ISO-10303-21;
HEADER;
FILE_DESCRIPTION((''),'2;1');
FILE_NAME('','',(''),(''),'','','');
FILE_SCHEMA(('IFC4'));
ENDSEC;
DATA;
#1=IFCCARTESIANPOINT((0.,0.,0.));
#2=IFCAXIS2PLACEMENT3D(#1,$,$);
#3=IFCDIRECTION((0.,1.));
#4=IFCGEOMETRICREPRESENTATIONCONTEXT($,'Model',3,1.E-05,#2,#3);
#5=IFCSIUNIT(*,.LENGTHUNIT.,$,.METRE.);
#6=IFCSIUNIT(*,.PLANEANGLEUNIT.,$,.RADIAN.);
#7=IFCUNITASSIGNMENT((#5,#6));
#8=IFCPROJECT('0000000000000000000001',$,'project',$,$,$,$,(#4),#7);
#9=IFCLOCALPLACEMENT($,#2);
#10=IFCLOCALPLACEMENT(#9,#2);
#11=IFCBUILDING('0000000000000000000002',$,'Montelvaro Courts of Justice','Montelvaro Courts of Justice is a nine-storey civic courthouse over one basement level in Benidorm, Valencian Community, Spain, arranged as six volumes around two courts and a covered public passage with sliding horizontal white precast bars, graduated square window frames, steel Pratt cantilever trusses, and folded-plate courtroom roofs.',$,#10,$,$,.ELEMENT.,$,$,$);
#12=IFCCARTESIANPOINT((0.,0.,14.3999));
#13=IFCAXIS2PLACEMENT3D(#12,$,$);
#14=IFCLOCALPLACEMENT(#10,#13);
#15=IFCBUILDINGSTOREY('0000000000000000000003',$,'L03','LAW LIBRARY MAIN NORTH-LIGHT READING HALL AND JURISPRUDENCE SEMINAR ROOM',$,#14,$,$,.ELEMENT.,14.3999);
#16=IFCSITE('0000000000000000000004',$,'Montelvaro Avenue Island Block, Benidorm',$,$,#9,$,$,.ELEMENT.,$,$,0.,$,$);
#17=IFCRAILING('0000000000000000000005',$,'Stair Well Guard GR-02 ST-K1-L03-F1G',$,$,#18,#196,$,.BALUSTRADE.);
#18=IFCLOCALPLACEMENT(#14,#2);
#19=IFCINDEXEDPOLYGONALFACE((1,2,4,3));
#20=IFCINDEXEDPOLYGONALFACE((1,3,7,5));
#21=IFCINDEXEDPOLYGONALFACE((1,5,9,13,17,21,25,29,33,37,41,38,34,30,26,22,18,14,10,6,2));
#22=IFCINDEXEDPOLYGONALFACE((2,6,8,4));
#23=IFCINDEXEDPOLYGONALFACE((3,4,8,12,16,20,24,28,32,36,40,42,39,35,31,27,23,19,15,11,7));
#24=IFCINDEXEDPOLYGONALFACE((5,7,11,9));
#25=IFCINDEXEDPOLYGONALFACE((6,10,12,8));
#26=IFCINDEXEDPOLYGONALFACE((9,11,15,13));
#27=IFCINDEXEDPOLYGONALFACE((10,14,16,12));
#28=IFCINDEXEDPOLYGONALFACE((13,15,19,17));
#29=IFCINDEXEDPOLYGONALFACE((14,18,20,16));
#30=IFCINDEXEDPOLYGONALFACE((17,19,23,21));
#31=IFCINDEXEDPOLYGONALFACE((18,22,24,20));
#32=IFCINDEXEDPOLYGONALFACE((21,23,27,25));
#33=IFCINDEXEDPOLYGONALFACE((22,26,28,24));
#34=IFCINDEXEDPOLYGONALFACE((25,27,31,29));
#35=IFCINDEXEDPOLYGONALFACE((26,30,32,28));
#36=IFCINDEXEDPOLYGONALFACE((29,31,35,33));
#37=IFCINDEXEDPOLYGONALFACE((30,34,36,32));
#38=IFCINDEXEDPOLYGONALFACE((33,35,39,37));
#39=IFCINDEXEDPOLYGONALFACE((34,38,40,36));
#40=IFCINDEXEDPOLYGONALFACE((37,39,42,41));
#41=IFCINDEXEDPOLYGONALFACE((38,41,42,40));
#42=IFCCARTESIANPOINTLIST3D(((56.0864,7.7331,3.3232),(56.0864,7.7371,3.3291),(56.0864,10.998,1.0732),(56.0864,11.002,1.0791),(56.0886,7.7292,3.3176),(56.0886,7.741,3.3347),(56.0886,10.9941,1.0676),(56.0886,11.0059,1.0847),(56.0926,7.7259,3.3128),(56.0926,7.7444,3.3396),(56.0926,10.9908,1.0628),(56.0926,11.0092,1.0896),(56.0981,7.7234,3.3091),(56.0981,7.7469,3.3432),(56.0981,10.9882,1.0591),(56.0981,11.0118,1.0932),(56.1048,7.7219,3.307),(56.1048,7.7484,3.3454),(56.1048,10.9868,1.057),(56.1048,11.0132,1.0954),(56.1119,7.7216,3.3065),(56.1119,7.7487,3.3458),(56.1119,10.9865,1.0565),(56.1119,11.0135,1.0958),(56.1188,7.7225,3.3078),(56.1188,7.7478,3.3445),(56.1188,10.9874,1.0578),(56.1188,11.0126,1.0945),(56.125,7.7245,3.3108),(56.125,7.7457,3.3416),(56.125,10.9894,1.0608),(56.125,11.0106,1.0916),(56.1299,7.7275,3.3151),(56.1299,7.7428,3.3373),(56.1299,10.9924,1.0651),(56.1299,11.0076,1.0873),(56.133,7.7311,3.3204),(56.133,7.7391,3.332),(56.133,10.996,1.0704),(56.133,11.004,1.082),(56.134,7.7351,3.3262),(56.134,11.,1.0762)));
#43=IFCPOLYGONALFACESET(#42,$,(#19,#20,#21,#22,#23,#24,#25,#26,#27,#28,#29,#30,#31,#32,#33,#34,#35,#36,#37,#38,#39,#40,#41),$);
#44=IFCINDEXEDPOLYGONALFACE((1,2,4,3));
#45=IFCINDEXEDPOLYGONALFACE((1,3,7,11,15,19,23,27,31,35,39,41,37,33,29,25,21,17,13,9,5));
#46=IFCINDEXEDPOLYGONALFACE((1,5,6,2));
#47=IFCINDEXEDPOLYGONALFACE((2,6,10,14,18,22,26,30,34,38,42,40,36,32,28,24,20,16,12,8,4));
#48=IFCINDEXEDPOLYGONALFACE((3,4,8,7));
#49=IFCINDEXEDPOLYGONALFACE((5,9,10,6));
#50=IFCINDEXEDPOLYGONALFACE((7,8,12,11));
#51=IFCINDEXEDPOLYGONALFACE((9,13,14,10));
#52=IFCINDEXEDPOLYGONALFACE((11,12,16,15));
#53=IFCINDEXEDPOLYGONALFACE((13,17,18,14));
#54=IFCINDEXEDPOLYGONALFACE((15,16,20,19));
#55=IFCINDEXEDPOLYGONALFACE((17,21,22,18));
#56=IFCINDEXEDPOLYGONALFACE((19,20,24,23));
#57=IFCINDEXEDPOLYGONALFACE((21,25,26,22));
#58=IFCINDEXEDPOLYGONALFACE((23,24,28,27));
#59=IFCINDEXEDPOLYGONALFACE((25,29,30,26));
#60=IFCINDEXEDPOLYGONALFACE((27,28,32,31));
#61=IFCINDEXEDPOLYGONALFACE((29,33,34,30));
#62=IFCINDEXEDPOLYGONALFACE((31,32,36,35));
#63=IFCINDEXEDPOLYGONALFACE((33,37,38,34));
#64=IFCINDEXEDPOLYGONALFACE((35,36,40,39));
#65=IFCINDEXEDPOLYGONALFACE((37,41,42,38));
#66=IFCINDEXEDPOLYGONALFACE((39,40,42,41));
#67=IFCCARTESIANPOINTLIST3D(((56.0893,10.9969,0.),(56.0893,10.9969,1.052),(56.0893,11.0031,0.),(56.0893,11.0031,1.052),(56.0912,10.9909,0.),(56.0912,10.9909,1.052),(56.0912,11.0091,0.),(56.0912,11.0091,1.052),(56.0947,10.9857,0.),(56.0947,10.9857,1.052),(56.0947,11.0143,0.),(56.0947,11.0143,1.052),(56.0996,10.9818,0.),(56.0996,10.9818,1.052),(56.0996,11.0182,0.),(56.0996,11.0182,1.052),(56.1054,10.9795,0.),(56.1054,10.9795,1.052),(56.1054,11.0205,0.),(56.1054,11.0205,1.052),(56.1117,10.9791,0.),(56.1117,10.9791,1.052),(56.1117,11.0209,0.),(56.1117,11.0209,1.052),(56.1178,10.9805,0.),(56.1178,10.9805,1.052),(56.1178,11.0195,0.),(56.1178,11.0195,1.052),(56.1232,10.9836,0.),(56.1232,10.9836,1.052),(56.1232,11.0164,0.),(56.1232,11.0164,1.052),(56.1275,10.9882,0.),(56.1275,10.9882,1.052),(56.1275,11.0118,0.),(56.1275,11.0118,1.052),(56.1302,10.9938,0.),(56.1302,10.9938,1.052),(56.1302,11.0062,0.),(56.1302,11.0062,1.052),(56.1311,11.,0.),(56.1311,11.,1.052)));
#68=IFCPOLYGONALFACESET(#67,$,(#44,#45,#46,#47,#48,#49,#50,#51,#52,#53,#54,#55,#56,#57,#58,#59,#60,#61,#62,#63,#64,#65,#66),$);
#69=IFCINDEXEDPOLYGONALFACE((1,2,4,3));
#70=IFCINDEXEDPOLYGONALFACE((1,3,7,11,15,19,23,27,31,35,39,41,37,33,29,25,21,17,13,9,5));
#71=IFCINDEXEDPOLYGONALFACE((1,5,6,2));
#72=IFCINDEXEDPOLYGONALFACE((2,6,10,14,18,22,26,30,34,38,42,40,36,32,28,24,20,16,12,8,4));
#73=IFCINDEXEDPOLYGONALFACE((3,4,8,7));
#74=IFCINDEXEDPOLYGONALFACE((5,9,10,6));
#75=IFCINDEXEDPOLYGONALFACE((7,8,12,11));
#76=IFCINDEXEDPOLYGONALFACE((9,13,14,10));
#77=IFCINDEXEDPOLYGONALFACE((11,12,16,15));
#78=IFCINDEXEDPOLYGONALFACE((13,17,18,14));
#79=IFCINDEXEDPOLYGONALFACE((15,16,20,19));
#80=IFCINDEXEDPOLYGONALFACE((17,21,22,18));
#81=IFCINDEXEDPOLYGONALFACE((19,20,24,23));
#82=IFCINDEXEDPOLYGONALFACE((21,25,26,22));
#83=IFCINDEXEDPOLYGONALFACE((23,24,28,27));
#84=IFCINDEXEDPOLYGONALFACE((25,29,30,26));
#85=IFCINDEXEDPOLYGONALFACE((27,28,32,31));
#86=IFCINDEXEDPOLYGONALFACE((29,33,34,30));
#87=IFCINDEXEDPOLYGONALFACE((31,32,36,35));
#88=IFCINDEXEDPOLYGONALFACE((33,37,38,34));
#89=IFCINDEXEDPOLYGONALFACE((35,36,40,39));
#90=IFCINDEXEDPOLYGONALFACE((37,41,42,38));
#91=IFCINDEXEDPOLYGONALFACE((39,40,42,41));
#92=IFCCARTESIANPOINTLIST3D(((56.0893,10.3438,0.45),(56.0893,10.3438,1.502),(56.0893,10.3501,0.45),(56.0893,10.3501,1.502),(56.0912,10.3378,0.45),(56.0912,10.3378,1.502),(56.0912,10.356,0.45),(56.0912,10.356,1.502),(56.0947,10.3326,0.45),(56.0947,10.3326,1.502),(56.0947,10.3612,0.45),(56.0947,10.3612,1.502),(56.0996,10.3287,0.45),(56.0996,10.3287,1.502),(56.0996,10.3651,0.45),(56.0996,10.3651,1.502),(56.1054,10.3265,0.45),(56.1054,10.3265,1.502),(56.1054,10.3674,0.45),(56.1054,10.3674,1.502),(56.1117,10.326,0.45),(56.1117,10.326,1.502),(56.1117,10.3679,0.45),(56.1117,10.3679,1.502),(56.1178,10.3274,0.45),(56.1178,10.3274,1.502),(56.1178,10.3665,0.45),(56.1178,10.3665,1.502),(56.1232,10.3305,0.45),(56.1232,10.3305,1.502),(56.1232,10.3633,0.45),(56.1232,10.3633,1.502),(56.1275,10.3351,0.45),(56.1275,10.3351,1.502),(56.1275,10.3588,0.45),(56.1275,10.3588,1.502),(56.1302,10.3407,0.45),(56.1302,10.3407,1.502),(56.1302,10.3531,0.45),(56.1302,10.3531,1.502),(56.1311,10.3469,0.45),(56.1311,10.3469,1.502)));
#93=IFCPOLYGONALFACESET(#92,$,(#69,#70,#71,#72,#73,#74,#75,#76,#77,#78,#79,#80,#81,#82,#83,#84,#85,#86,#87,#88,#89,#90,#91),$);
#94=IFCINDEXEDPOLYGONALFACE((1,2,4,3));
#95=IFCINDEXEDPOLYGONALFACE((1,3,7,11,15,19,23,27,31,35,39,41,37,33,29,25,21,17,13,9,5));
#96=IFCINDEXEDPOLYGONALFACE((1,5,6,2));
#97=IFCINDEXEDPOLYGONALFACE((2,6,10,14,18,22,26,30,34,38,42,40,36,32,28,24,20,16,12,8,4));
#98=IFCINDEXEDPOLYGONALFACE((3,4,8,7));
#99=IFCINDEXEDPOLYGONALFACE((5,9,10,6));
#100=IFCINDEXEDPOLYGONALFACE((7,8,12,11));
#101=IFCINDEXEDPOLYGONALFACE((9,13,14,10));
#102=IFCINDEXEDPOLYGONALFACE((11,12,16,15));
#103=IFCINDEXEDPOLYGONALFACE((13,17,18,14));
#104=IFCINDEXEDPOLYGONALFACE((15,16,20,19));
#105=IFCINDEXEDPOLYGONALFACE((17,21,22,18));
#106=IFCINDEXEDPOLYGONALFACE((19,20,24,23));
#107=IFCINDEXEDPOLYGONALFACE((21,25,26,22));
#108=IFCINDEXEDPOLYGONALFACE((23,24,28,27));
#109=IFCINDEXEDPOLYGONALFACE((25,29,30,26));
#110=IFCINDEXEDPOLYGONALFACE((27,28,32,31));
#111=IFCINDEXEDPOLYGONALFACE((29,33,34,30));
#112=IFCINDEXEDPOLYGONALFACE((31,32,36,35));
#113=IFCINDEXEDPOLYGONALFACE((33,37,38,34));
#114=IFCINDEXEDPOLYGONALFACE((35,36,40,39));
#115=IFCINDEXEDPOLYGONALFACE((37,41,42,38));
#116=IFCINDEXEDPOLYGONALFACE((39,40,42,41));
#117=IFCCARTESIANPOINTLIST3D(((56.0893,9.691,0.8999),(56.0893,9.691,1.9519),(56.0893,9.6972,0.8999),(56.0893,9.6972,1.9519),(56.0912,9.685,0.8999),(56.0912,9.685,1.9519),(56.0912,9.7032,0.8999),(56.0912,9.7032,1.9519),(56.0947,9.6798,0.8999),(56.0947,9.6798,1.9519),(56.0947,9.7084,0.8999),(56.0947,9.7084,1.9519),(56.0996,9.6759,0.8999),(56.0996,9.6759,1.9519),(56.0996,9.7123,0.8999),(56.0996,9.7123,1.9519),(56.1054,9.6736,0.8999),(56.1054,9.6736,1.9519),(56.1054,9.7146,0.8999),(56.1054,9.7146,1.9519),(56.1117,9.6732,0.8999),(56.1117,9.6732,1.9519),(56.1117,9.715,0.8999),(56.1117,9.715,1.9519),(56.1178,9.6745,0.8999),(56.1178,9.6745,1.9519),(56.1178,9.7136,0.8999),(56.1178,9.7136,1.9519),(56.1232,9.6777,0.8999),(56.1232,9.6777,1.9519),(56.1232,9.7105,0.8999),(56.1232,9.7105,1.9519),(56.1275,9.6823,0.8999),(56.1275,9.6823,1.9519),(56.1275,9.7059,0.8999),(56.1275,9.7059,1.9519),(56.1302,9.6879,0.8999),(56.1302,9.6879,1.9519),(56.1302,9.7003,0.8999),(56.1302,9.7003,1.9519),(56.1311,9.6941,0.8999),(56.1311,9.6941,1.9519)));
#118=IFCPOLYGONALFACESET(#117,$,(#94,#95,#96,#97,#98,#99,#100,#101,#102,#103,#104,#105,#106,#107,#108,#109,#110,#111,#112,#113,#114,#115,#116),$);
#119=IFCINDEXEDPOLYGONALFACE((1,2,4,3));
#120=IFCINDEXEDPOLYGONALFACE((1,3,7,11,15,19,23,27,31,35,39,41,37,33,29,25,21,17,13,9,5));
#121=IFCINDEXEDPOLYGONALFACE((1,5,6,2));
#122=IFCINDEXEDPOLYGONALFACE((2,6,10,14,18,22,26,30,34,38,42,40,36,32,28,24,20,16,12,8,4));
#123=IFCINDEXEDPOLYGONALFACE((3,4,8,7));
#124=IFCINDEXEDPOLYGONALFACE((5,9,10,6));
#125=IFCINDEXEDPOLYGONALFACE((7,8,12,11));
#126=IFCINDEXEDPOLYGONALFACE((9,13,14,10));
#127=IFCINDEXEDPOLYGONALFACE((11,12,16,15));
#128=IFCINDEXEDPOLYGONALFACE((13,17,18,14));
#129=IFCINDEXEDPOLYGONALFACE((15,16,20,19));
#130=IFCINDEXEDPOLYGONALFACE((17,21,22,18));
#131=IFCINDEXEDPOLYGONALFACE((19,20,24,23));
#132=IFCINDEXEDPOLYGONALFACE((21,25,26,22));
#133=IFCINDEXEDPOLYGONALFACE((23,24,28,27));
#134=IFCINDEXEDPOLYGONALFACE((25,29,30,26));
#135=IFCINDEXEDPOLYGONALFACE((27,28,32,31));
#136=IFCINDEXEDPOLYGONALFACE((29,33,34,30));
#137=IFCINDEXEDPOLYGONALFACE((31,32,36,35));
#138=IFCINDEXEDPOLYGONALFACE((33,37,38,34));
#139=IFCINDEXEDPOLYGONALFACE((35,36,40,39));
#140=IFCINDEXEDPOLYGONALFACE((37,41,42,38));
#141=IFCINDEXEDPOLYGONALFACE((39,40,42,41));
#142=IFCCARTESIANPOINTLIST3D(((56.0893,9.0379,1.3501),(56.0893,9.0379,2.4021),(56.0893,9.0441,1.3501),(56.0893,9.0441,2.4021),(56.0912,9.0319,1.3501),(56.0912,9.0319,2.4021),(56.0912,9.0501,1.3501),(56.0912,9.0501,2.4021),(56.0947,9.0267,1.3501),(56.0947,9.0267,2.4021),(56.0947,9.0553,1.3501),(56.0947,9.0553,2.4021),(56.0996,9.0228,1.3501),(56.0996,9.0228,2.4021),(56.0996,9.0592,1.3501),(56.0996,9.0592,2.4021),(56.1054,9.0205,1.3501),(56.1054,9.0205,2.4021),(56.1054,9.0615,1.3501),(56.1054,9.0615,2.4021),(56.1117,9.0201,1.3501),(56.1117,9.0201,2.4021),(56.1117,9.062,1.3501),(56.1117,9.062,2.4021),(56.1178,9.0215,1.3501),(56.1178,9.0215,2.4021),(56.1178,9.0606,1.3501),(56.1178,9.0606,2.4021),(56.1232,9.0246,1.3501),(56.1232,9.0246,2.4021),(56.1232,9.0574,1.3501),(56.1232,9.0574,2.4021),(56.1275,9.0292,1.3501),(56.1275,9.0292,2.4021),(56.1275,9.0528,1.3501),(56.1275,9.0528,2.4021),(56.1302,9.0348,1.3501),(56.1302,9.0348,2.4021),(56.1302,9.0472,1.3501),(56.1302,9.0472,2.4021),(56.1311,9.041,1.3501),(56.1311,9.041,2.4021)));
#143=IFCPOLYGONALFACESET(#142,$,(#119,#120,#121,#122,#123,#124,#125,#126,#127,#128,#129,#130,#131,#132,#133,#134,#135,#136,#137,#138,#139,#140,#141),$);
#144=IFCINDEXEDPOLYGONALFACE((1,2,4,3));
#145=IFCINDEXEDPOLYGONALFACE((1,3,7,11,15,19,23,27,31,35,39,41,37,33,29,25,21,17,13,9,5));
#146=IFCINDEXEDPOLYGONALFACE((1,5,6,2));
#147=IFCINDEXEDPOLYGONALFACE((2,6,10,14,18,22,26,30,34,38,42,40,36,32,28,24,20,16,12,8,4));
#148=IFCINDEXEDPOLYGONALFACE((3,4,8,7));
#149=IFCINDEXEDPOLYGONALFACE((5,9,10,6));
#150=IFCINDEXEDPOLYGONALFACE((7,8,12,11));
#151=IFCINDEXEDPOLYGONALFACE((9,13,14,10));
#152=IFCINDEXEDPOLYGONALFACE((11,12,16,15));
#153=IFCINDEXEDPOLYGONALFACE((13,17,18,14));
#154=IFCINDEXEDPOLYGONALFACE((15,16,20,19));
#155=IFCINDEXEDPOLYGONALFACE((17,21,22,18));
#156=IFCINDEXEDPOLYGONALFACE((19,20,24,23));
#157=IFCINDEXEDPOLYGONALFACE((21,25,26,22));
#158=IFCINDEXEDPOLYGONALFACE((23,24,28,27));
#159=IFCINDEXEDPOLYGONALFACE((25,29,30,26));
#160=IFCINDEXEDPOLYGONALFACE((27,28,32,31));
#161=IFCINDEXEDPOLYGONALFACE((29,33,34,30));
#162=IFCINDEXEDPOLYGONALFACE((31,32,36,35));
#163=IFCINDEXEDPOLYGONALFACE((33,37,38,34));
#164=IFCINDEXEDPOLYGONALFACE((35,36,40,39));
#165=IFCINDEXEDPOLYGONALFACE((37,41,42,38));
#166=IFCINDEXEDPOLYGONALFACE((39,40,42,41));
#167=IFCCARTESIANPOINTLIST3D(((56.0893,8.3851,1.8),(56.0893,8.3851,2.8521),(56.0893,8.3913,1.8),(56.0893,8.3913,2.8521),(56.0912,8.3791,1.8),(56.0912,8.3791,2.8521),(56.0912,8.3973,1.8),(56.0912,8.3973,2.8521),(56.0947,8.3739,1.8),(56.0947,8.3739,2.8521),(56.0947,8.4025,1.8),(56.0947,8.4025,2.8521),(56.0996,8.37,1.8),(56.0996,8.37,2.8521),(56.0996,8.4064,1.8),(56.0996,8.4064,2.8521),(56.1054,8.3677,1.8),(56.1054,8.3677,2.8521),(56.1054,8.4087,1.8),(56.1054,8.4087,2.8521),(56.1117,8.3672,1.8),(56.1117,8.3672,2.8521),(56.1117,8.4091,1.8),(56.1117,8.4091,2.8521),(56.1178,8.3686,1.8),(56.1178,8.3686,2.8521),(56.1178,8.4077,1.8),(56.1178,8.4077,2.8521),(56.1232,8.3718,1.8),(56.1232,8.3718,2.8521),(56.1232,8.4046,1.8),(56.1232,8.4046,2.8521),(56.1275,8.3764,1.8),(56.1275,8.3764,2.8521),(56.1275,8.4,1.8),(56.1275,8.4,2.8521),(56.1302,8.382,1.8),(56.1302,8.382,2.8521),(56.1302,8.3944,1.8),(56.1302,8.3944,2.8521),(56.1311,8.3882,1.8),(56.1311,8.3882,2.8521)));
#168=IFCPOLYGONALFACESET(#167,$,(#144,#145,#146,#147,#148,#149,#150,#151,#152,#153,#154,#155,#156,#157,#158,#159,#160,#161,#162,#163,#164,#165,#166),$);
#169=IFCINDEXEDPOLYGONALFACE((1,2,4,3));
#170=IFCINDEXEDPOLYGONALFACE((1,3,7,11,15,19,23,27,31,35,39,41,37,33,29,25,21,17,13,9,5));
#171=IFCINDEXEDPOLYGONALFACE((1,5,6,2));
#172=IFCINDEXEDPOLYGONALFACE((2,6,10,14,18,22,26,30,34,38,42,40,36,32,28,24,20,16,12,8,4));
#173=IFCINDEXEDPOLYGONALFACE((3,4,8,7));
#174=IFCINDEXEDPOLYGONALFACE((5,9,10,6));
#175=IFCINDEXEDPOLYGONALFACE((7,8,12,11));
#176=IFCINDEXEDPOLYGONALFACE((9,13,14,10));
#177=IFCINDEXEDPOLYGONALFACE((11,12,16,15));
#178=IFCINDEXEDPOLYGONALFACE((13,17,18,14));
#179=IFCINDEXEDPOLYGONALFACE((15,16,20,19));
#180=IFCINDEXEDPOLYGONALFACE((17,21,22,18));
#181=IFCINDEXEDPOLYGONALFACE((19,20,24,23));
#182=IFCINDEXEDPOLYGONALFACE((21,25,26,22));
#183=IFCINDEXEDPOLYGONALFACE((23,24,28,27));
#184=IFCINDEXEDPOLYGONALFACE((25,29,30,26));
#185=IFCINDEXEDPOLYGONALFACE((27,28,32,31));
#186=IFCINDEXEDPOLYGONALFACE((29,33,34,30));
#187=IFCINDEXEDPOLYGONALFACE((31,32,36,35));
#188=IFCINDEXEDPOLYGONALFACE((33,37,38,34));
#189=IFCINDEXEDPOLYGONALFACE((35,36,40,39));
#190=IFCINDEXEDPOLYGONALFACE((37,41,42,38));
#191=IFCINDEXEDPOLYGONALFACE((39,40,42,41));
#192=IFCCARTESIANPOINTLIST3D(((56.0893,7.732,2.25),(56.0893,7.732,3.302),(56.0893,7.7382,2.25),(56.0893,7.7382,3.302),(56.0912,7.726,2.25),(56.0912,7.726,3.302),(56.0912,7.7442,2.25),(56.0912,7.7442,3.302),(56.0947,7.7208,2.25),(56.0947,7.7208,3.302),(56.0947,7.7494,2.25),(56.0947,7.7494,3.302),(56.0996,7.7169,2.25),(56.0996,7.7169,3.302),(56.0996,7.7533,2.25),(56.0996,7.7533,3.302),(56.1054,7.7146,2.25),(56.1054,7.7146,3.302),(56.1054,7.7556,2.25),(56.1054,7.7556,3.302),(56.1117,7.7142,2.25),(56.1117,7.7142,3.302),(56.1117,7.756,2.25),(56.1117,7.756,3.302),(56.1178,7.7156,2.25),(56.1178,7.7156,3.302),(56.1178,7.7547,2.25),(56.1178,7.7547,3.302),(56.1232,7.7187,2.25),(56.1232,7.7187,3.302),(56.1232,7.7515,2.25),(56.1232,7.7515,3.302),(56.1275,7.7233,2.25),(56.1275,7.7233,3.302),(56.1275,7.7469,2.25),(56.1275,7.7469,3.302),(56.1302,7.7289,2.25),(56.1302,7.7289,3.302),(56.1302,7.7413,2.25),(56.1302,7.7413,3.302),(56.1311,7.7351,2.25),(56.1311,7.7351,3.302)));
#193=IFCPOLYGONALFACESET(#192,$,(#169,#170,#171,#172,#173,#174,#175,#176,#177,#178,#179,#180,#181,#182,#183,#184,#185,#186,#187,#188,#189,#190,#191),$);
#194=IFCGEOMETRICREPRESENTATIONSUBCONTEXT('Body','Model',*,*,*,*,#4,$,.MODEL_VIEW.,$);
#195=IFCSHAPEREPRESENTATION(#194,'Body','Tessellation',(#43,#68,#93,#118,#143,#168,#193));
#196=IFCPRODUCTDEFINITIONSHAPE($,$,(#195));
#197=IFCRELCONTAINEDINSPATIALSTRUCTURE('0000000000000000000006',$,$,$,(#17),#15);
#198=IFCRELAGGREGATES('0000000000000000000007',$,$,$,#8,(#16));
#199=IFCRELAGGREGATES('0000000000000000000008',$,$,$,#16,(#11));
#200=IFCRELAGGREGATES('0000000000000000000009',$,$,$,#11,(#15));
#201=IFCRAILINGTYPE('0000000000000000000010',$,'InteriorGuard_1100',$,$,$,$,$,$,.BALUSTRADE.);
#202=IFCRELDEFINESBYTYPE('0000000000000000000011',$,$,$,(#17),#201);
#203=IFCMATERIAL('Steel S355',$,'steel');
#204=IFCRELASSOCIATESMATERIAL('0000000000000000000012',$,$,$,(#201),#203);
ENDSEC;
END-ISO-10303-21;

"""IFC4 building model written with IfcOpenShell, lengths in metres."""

from ifc_helpers import new_model, si_unit, direction, frame, origin, origin_2d, place, context, subcontext, project, spatial, circle, extrude, material, type_object, element, save


model = new_model("IFC4")

# Units and contexts
model_context = context("Model", 3, precision=1e-05, world=origin(), true_north=direction((0.0, 1.0)))
body_context = subcontext(model_context, "Body", "Model", "MODEL_VIEW")
ifc_project = project(units=[si_unit("LENGTHUNIT", "METRE"), si_unit("PLANEANGLEUNIT", "RADIAN")], contexts=[model_context])

# Site, building, storey
site_placement = place(None, origin())
site = spatial("IfcSite", under=ifc_project, at=site_placement, Name="Montelvaro Avenue Island Block, Benidorm", CompositionType="ELEMENT", RefElevation=0.0)
building_placement = place(site_placement, origin())
building = spatial("IfcBuilding", under=site, at=building_placement, Name="Montelvaro Courts of Justice", Description="Montelvaro Courts of Justice is a nine-storey civic courthouse over one basement level in Benidorm, Valencian Community, Spain, arranged as six volumes around two courts and a covered public passage with sliding horizontal white precast bars, graduated square window frames, steel Pratt cantilever trusses, and folded-plate courtroom roofs.", CompositionType="ELEMENT")
storey_placement = place(building_placement, frame((0.0, 0.0, 14.3999)))
storey = spatial("IfcBuildingStorey", under=building, at=storey_placement, Name="L03", Description="LAW LIBRARY MAIN NORTH-LIGHT READING HALL AND JURISPRUDENCE SEMINAR ROOM", CompositionType="ELEMENT", Elevation=14.3999)

# Shared definitions
ifc_material_1 = material(Name="Steel S355", Category="steel")

# Railing
railing_type_1 = type_object("IfcRailingType", Name="InteriorGuard_1100", PredefinedType="BALUSTRADE", material=ifc_material_1)
railing_1_placement = place(storey_placement, frame((56.1101, 11.0, 0.0)))
element("IfcRailing", 1, at=railing_1_placement, inside=storey, type_object=railing_type_1, Name="Stair Well Guard GR-02 ST-K1-L03-F1G", PredefinedType="BALUSTRADE", context=body_context, shape_type="SweptSolid", body=[
    extrude(circle(Radius=0.0239, at=origin_2d()), frame((0.0, 0.0, 1.0762), z_axis=(0.0, -0.823407, 0.567451), x_axis=(1.0, 0.0, 0.0)), (0.0, 0.0, 1.0), 3.9651),
    extrude(circle(Radius=0.021, at=origin_2d()), origin(), (0.0, 0.0, 1.0), 1.052),
    extrude(circle(Radius=0.021, at=origin_2d()), frame((0.0, -0.6531, 0.45)), (0.0, 0.0, 1.0), 1.052),
    extrude(circle(Radius=0.021, at=origin_2d()), frame((0.0, -1.3059, 0.8999)), (0.0, 0.0, 1.0), 1.052),
    extrude(circle(Radius=0.021, at=origin_2d()), frame((0.0, -1.959, 1.3501)), (0.0, 0.0, 1.0), 1.052),
    extrude(circle(Radius=0.021, at=origin_2d()), frame((0.0, -2.6118, 1.8)), (0.0, 0.0, 1.0), 1.052),
    extrude(circle(Radius=0.021, at=origin_2d()), frame((0.0, -3.2649, 2.25)), (0.0, 0.0, 1.0), 1.052),
])

save(model, "model.ifc")
